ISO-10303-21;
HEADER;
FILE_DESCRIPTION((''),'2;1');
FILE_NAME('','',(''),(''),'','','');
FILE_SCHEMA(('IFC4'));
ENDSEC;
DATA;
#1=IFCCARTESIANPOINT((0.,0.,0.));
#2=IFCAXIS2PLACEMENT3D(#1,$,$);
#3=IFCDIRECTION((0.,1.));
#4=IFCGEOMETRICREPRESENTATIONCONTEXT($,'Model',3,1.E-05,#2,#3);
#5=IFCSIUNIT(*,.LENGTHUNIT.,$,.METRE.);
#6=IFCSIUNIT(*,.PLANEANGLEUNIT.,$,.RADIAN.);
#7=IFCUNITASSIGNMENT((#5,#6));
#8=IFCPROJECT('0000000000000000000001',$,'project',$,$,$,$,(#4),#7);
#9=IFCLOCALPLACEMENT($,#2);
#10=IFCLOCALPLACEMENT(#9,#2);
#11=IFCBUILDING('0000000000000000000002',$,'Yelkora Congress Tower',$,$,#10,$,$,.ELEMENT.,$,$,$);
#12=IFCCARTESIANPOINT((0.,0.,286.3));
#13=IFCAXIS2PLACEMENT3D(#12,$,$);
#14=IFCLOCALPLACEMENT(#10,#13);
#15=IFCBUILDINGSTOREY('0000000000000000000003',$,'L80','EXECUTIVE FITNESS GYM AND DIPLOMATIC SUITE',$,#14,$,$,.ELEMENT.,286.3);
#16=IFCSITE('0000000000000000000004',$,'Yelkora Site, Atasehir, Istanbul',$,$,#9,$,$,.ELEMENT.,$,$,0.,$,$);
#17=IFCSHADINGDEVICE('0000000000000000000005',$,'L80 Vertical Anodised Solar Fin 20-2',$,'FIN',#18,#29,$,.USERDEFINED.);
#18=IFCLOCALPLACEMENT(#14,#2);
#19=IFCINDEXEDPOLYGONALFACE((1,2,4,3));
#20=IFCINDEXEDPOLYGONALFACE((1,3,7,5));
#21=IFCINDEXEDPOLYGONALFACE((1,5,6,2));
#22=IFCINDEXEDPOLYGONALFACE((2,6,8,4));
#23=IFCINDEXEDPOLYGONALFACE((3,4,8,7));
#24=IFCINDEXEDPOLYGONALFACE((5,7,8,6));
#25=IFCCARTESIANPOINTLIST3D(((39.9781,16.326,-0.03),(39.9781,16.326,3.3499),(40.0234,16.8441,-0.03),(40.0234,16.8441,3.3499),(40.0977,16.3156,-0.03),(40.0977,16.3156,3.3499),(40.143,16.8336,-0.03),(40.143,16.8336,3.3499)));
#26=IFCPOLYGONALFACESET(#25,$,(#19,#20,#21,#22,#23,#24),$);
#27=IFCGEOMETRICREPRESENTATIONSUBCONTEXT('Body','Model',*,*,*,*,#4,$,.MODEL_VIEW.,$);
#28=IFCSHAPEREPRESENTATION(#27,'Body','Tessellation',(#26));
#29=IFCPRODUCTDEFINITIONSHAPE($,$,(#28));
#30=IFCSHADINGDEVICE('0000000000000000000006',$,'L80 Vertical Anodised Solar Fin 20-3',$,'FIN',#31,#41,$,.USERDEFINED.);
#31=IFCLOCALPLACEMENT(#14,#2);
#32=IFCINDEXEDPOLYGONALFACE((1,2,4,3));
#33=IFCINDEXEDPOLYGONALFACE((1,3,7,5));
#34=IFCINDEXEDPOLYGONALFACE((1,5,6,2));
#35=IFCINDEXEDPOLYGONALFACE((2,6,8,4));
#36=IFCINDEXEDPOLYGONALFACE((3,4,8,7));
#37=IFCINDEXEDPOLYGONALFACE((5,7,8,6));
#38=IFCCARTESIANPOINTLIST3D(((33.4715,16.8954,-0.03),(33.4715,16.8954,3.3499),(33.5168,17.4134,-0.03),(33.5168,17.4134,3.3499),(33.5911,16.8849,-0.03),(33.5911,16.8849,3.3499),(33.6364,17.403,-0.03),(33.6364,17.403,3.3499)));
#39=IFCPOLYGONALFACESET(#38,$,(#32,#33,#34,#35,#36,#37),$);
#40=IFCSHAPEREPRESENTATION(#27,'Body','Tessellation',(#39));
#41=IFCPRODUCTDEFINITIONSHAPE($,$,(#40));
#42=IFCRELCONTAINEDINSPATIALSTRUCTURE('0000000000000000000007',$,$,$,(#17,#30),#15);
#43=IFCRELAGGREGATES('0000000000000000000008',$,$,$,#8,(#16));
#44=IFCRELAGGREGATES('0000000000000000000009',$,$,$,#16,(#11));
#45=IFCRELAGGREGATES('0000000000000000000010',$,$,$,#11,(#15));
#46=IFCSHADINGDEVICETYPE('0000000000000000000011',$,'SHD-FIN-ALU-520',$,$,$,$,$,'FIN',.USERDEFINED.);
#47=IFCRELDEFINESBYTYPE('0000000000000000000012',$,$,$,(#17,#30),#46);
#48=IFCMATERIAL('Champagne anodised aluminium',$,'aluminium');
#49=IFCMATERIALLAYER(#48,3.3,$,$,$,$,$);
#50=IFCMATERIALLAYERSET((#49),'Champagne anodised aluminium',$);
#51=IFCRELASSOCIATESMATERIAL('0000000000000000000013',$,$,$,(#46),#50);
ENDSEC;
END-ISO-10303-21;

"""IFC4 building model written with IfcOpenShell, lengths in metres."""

from ifc_helpers import new_model, si_unit, direction, frame, origin, origin_2d, place, context, subcontext, project, spatial, rectangle, extrude, material, layer, layer_set, type_object, element, save


model = new_model("IFC4")

# Units and contexts
model_context = context("Model", 3, precision=1e-05, world=origin(), true_north=direction((0.0, 1.0)))
body_context = subcontext(model_context, "Body", "Model", "MODEL_VIEW")
ifc_project = project(units=[si_unit("LENGTHUNIT", "METRE"), si_unit("PLANEANGLEUNIT", "RADIAN")], contexts=[model_context])

# Site, building, storey
site_placement = place(None, origin())
site = spatial("IfcSite", under=ifc_project, at=site_placement, Name="Yelkora Site, Atasehir, Istanbul", CompositionType="ELEMENT", RefElevation=0.0)
building_placement = place(site_placement, origin())
building = spatial("IfcBuilding", under=site, at=building_placement, Name="Yelkora Congress Tower", CompositionType="ELEMENT")
storey_placement = place(building_placement, frame((0.0, 0.0, 286.3)))
storey = spatial("IfcBuildingStorey", under=building, at=storey_placement, Name="L80", Description="EXECUTIVE FITNESS GYM AND DIPLOMATIC SUITE", CompositionType="ELEMENT", Elevation=286.3)

# Shading devices
ifc_material_1 = material(Name="Champagne anodised aluminium", Category="aluminium")
ifc_layer_1 = layer(ifc_material_1, 3.3)
ifc_layer_set_1 = layer_set([ifc_layer_1], Name="Champagne anodised aluminium")
shading_device_type = type_object("IfcShadingDeviceType", Name="SHD-FIN-ALU-520", ElementType="FIN", PredefinedType="USERDEFINED", material=ifc_layer_set_1)
for number, where, z_axis, x_axis, name in (
    (1, (40.0605, 16.5798, -0.03), (0.0, 0.0, 1.0), (-0.996195, 0.087156, 0.0), "L80 Vertical Anodised Solar Fin 20-2"),
    (2, (33.554, 17.1492, -0.03), (0.0, 0.0, 1.0), (-0.996195, 0.087156, 0.0), "L80 Vertical Anodised Solar Fin 20-3"),
):
    element("IfcShadingDevice", number, at=place(storey_placement, frame(where, z_axis=z_axis, x_axis=x_axis)), inside=storey, type_object=shading_device_type, Name=name, ObjectType="FIN", PredefinedType="USERDEFINED", context=body_context, shape_type="SweptSolid", body=[
        extrude(rectangle(XDim=0.1201, YDim=0.52, at=origin_2d()), origin(), (0.0, 0.0, 1.0), 3.3799),
    ])

save(model, "model.ifc")
